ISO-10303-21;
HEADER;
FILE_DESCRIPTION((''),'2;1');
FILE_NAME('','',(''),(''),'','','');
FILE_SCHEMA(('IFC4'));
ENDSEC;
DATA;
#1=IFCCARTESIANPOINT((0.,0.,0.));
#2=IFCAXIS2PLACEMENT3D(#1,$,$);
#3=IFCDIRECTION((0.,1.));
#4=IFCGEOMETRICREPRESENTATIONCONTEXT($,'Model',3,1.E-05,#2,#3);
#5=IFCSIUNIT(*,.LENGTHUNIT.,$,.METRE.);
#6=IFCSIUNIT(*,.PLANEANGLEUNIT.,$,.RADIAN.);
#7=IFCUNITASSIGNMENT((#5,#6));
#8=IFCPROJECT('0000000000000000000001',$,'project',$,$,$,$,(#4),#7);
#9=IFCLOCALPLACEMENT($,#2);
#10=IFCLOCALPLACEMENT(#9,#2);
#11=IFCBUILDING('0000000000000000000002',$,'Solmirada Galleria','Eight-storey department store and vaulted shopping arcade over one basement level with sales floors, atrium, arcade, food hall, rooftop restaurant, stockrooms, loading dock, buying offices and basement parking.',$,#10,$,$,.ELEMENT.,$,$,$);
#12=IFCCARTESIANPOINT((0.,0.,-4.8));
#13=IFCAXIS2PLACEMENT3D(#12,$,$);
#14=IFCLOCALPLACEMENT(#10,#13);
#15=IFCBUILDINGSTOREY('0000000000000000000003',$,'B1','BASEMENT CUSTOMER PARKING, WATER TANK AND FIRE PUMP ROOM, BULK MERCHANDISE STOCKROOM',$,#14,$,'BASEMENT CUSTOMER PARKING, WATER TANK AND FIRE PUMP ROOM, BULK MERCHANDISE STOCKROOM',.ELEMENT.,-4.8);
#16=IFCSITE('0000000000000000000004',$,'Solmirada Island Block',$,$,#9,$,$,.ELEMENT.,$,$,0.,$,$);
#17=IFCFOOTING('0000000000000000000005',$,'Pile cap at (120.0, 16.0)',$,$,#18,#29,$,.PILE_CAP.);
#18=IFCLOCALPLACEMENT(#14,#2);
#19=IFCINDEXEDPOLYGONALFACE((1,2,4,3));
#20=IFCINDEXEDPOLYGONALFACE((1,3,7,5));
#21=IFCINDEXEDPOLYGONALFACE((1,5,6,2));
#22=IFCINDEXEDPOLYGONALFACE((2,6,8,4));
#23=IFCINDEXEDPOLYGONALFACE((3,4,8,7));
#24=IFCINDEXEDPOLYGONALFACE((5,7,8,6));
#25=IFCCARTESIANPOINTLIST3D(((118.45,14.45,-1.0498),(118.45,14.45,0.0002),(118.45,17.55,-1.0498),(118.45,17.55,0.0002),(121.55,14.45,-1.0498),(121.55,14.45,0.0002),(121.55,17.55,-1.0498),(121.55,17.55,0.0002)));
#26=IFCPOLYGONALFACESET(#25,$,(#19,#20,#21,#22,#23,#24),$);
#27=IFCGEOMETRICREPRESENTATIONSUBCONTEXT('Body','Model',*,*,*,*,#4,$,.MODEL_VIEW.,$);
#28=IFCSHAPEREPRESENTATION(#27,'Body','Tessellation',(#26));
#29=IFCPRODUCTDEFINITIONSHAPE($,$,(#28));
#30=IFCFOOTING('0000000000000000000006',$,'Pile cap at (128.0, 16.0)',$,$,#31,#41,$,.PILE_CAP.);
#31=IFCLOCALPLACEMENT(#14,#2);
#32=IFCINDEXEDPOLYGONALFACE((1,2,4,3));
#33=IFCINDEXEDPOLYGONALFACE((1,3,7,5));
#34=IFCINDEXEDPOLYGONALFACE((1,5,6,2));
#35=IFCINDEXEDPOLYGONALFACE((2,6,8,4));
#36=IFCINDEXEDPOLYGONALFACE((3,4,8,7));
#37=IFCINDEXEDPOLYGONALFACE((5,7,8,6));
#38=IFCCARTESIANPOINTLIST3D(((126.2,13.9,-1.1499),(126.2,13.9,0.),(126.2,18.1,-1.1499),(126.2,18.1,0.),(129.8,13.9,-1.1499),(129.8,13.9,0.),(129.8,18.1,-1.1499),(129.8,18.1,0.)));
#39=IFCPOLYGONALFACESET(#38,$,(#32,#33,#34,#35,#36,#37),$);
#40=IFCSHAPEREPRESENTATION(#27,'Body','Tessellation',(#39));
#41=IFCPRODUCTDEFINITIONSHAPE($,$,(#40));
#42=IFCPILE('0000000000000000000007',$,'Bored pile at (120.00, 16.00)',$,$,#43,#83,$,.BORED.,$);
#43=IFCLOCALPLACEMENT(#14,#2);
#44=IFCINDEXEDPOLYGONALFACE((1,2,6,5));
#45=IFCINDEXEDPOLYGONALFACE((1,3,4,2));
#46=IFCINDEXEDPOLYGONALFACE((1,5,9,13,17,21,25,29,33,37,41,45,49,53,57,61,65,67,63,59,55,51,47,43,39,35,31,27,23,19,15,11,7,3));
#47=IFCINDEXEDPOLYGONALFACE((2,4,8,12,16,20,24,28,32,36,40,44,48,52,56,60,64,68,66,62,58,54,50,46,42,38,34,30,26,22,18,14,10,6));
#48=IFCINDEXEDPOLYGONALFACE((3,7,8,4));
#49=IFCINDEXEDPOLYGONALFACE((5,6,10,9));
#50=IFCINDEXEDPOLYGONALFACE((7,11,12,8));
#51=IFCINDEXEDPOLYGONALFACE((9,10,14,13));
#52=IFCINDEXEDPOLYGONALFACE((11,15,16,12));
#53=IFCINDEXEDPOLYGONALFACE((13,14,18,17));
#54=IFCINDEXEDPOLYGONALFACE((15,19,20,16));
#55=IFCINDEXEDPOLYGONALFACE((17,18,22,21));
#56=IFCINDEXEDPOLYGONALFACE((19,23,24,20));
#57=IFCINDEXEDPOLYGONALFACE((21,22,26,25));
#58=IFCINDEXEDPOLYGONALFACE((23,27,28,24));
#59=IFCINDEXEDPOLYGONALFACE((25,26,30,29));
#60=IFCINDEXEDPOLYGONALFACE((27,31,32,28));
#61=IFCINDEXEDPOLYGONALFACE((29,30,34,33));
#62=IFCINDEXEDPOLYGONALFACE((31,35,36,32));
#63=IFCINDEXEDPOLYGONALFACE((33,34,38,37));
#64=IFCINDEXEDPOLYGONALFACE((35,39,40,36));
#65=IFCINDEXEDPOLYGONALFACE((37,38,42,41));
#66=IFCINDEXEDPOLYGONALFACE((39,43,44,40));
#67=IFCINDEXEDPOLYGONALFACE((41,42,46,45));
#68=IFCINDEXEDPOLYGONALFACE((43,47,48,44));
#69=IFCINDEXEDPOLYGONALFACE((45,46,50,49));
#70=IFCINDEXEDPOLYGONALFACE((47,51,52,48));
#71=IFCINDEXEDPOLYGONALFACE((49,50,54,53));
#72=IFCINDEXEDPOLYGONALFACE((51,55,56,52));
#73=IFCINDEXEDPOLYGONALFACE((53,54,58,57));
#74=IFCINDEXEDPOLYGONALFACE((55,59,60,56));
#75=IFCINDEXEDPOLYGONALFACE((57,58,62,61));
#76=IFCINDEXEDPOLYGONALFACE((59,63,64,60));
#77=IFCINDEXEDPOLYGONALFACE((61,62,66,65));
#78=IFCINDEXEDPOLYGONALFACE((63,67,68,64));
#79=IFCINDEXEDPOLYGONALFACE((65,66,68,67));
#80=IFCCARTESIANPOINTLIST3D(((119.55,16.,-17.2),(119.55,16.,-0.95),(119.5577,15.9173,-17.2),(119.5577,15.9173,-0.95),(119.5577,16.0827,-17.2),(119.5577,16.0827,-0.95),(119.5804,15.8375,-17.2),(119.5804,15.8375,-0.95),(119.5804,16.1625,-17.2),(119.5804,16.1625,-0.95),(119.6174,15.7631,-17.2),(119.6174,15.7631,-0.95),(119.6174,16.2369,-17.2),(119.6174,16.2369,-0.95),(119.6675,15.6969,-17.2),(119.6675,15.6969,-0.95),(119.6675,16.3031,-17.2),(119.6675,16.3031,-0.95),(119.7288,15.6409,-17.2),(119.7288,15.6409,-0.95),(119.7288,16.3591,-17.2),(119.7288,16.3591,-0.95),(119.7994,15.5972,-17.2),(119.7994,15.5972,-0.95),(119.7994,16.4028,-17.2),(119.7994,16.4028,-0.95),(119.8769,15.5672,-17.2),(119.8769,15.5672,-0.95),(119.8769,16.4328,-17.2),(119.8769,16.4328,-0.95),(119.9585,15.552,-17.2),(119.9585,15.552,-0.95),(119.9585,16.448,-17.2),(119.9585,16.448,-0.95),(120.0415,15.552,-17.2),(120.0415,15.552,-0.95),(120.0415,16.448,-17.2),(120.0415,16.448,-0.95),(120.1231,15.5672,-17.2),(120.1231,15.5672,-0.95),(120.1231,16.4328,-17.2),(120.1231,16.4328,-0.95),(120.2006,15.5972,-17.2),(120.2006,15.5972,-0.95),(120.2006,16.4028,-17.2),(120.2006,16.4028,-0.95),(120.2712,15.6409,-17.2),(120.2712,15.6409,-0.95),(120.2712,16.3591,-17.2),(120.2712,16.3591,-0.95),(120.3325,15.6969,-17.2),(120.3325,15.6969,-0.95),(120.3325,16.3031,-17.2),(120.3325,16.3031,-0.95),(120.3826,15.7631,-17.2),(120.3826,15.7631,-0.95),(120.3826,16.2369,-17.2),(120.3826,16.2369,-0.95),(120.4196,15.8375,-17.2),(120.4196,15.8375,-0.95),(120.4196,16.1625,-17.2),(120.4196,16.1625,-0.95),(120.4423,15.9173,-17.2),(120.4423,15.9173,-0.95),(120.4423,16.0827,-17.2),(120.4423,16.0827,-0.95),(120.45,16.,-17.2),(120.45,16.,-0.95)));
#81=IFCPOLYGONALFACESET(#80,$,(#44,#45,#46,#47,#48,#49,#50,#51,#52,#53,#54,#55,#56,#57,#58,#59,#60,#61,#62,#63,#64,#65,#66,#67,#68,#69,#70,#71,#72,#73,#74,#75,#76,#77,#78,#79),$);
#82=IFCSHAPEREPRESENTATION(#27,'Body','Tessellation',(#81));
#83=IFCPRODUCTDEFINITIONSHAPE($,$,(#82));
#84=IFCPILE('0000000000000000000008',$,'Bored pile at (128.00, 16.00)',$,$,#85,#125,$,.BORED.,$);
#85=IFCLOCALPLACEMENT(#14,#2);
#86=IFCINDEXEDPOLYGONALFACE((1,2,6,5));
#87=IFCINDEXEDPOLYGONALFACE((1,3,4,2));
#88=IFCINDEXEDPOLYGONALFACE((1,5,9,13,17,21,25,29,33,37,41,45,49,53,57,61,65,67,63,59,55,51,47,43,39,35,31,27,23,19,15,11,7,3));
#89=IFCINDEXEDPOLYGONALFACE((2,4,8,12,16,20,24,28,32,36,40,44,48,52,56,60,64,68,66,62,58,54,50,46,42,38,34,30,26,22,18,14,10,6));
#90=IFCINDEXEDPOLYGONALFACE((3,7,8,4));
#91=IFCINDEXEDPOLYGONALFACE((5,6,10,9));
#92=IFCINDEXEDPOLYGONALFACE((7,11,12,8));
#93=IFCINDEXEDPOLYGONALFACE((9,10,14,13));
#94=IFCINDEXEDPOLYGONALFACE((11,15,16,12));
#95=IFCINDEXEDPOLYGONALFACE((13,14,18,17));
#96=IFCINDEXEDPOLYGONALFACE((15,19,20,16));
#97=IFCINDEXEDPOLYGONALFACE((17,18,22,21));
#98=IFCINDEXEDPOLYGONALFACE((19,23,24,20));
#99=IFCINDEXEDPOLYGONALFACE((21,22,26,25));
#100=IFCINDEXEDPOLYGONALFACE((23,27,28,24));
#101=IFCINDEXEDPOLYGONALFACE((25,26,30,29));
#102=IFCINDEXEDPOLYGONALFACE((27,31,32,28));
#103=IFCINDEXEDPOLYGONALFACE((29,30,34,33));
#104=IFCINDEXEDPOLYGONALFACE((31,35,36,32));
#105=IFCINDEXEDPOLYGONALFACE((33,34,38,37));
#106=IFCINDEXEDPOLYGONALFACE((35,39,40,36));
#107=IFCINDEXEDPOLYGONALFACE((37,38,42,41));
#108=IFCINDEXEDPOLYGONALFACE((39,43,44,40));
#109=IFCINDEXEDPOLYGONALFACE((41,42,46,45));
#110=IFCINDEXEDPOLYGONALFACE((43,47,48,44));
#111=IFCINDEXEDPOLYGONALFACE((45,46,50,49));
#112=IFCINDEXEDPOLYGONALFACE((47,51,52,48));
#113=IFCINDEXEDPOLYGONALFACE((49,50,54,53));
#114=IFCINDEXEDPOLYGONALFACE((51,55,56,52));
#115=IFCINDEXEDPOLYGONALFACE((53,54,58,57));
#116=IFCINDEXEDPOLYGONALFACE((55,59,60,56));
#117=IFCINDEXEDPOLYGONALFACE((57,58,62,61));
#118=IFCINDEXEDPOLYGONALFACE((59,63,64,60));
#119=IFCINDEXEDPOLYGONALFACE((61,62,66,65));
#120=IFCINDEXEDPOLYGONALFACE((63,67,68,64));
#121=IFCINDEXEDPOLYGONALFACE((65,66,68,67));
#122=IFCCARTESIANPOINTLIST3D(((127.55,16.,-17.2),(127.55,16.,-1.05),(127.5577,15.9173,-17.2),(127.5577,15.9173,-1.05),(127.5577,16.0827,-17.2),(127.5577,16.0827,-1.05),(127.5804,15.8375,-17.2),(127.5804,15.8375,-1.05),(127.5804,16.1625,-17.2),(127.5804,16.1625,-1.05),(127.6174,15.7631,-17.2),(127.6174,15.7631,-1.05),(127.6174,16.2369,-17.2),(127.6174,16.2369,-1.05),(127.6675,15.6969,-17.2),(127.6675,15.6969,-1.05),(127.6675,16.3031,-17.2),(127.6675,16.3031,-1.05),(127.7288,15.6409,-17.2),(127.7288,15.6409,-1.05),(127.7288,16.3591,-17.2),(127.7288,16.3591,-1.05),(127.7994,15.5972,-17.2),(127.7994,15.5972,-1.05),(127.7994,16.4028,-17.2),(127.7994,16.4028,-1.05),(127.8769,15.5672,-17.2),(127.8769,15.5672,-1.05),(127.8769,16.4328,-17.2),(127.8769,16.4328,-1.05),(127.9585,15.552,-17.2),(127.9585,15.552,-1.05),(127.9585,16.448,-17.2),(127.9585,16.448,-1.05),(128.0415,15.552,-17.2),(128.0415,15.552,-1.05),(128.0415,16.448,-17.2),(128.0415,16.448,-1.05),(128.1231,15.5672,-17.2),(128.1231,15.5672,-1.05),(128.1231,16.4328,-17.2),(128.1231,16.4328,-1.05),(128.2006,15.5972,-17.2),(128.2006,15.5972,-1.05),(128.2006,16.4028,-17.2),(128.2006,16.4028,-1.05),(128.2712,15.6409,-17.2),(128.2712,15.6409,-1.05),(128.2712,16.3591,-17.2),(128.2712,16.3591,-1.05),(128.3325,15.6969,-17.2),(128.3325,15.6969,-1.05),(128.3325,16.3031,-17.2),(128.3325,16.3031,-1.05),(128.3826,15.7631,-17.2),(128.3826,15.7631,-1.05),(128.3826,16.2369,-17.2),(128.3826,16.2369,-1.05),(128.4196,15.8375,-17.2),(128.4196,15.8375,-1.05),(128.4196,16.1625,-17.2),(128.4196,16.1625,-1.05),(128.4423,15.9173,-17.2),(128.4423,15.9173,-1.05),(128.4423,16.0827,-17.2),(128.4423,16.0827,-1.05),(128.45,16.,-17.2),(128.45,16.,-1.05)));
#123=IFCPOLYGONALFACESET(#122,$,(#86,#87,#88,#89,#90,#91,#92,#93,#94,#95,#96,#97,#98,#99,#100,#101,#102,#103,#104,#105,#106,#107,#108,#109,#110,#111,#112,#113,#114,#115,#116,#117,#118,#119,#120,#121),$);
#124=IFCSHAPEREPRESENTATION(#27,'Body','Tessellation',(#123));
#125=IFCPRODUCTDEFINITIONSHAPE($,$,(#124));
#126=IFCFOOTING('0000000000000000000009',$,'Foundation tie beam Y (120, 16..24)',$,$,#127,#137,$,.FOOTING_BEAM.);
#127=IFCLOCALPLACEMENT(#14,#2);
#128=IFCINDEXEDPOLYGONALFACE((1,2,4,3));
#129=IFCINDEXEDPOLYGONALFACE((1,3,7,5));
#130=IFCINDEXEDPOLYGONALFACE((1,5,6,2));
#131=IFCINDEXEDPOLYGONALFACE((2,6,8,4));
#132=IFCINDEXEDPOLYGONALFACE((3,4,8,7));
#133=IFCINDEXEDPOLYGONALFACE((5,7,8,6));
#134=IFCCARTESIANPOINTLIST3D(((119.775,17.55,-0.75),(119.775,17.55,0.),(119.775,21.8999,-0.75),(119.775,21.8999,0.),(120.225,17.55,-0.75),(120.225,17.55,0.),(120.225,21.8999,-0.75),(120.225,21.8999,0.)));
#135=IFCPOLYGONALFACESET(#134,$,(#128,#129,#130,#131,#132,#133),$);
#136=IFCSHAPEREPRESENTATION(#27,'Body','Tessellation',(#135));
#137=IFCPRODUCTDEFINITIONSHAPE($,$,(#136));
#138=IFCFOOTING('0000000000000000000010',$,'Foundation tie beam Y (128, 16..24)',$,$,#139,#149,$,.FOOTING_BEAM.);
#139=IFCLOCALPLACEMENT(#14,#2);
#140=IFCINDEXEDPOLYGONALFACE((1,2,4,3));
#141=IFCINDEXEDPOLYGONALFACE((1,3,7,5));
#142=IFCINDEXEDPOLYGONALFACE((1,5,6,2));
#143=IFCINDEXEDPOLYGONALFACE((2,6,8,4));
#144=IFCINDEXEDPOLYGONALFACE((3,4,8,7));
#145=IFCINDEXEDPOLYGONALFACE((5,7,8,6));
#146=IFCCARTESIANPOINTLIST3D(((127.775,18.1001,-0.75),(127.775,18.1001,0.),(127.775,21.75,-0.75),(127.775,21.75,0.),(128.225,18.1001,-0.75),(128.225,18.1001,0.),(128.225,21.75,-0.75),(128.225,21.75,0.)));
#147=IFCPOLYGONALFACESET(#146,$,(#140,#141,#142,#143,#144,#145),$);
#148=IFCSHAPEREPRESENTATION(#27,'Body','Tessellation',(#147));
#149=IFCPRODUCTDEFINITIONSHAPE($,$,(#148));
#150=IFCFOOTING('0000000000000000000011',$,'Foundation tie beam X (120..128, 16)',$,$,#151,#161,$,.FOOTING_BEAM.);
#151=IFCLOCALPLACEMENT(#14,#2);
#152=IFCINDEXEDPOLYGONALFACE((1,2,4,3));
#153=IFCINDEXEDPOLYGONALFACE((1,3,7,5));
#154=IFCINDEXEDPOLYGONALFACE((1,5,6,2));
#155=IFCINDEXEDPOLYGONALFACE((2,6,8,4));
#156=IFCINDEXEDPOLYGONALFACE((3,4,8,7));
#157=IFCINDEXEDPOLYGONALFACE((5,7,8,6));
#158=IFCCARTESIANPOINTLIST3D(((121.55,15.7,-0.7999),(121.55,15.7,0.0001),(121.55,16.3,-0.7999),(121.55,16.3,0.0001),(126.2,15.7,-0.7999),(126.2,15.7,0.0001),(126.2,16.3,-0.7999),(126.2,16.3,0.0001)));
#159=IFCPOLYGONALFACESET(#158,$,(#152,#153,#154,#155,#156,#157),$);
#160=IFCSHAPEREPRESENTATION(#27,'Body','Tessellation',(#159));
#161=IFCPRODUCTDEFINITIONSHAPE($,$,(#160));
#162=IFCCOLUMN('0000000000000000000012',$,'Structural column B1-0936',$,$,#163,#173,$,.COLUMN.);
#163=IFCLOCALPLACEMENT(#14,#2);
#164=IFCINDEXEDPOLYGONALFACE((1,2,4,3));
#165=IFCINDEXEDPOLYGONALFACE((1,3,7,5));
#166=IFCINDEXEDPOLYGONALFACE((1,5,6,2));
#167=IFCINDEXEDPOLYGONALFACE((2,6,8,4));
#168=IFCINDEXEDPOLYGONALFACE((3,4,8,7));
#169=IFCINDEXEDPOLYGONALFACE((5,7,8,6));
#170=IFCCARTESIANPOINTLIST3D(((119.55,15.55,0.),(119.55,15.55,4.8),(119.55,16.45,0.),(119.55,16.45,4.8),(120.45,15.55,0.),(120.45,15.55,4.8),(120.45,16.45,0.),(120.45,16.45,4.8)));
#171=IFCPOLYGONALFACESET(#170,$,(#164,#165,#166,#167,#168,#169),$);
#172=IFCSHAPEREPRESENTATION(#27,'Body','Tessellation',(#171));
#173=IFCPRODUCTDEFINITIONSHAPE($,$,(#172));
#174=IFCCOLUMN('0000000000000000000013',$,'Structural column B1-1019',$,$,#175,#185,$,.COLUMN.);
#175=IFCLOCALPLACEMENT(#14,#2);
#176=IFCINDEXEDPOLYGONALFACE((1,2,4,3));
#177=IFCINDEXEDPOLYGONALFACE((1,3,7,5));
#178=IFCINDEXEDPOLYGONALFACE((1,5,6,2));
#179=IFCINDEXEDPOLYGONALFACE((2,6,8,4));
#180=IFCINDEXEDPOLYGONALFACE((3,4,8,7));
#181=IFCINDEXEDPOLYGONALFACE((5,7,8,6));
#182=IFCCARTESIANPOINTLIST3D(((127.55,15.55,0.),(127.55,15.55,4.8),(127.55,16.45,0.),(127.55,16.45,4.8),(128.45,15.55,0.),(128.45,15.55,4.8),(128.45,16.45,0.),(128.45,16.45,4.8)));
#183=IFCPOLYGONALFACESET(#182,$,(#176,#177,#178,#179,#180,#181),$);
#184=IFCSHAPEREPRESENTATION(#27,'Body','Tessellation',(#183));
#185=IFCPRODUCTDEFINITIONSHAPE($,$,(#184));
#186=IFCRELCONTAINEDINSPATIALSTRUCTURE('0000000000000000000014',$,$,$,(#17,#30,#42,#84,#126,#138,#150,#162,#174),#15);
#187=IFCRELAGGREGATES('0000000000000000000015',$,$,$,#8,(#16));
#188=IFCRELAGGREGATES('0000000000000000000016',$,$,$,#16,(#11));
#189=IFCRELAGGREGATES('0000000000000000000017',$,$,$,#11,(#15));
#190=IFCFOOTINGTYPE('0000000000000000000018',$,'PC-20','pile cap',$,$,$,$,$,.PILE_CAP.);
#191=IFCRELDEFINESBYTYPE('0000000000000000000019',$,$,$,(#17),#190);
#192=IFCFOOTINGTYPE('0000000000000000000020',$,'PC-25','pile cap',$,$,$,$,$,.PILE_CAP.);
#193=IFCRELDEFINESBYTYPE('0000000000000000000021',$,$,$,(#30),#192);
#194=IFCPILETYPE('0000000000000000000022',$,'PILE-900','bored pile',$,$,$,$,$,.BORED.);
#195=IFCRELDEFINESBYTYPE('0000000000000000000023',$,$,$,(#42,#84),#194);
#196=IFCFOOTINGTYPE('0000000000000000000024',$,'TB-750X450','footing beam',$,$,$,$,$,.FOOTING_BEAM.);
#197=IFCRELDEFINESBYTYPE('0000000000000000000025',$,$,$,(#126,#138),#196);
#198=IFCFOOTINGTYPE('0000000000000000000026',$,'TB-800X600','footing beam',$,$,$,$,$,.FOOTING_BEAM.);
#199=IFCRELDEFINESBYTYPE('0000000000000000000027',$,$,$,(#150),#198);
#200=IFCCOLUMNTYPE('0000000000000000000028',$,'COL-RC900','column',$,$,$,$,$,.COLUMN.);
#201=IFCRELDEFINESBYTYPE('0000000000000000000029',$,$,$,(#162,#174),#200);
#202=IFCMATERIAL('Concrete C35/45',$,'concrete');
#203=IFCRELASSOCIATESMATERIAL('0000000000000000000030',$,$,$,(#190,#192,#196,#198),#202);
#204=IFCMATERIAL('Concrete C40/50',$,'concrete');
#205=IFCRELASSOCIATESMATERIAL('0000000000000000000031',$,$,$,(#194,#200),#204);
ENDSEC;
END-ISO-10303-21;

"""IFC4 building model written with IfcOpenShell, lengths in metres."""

from ifc_helpers import new_model, si_unit, direction, frame, origin, origin_2d, place, context, subcontext, project, spatial, rectangle, circle, extrude, material, material_profile, profile_set, type_object, element, save


model = new_model("IFC4")

# Units and contexts
model_context = context("Model", 3, precision=1e-05, world=origin(), true_north=direction((0.0, 1.0)))
body_context = subcontext(model_context, "Body", "Model", "MODEL_VIEW")
ifc_project = project(units=[si_unit("LENGTHUNIT", "METRE"), si_unit("PLANEANGLEUNIT", "RADIAN")], contexts=[model_context])

# Site, building, storey
site_placement = place(None, origin())
site = spatial("IfcSite", under=ifc_project, at=site_placement, Name="Solmirada Island Block", CompositionType="ELEMENT", RefElevation=0.0)
building_placement = place(site_placement, origin())
building = spatial("IfcBuilding", under=site, at=building_placement, Name="Solmirada Galleria", Description="Eight-storey department store and vaulted shopping arcade over one basement level with sales floors, atrium, arcade, food hall, rooftop restaurant, stockrooms, loading dock, buying offices and basement parking.", CompositionType="ELEMENT")
storey_placement = place(building_placement, frame((0.0, 0.0, -4.8)))
storey = spatial("IfcBuildingStorey", under=building, at=storey_placement, Name="B1", Description="BASEMENT CUSTOMER PARKING, WATER TANK AND FIRE PUMP ROOM, BULK MERCHANDISE STOCKROOM", LongName="BASEMENT CUSTOMER PARKING, WATER TANK AND FIRE PUMP ROOM, BULK MERCHANDISE STOCKROOM", CompositionType="ELEMENT", Elevation=-4.8)

# Footings
ifc_material_1 = material(Name="Concrete C35/45", Category="concrete")
footing_type_1 = type_object("IfcFootingType", Name="PC-20", Description="pile cap", PredefinedType="PILE_CAP", material=ifc_material_1)
footing_1_placement = place(storey_placement, frame((120.0, 16.0, -1.0498), z_axis=(0.0, 0.0, 1.0), x_axis=(1.0, 0.0, 0.0)))
element("IfcFooting", 1, at=footing_1_placement, inside=storey, type_object=footing_type_1, Name="Pile cap at (120.0, 16.0)", PredefinedType="PILE_CAP", context=body_context, shape_type="SweptSolid", body=[
    extrude(rectangle(XDim=3.1001, YDim=3.1001, at=origin_2d()), origin(), (0.0, 0.0, 1.0), 1.05),
])
footing_type_2 = type_object("IfcFootingType", Name="PC-25", Description="pile cap", PredefinedType="PILE_CAP", material=ifc_material_1)
footing_2_placement = place(storey_placement, frame((128.0, 16.0, -1.1499), z_axis=(0.0, 0.0, 1.0), x_axis=(1.0, 0.0, 0.0)))
element("IfcFooting", 2, at=footing_2_placement, inside=storey, type_object=footing_type_2, Name="Pile cap at (128.0, 16.0)", PredefinedType="PILE_CAP", context=body_context, shape_type="SweptSolid", body=[
    extrude(rectangle(XDim=3.6001, YDim=4.2, at=origin_2d()), origin(), (0.0, 0.0, 1.0), 1.1499),
])

# Piles
ifc_material_2 = material(Name="Concrete C40/50", Category="concrete")
ifc_material_profile_1 = material_profile(ifc_material_2, circle(Radius=0.45, at=origin_2d()), Name="PILE900")
ifc_profile_set_1 = profile_set([ifc_material_profile_1], Name="Concrete C40/50")
pile_type = type_object("IfcPileType", Name="PILE-900", Description="bored pile", PredefinedType="BORED", material=ifc_profile_set_1)
pile_1_placement = place(storey_placement, frame((120.0, 16.0, -0.95), z_axis=(0.0, 0.0, -1.0), x_axis=(1.0, 0.0, 0.0)))
element("IfcPile", 3, at=pile_1_placement, inside=storey, type_object=pile_type, Name="Bored pile at (120.00, 16.00)", PredefinedType="BORED", context=body_context, shape_type="SweptSolid", body=[
    extrude(circle(Radius=0.45, at=origin_2d()), origin(), (0.0, 0.0, 1.0), 16.25),
])
pile_2_placement = place(storey_placement, frame((128.0, 16.0, -1.05), z_axis=(0.0, 0.0, -1.0), x_axis=(1.0, 0.0, 0.0)))
element("IfcPile", 4, at=pile_2_placement, inside=storey, type_object=pile_type, Name="Bored pile at (128.00, 16.00)", PredefinedType="BORED", context=body_context, shape_type="SweptSolid", body=[
    extrude(circle(Radius=0.45, at=origin_2d()), origin(), (0.0, 0.0, 1.0), 16.1499),
])

# Footings
ifc_material_profile_2 = material_profile(ifc_material_1, rectangle(XDim=0.45, YDim=0.75, at=origin_2d()), Name="RC750X450")
ifc_profile_set_2 = profile_set([ifc_material_profile_2], Name="Concrete C35/45")
footing_type_3 = type_object("IfcFootingType", Name="TB-750X450", Description="footing beam", PredefinedType="FOOTING_BEAM", material=ifc_profile_set_2)
footing_3_placement = place(storey_placement, frame((120.0, 17.55, -0.375), z_axis=(0.0, 1.0, 0.0), x_axis=(-1.0, 0.0, 0.0)))
element("IfcFooting", 5, at=footing_3_placement, inside=storey, type_object=footing_type_3, Name="Foundation tie beam Y (120, 16..24)", PredefinedType="FOOTING_BEAM", context=body_context, shape_type="SweptSolid", body=[
    extrude(rectangle(XDim=0.45, YDim=0.75, at=origin_2d()), origin(), (0.0, 0.0, 1.0), 4.3499),
])
footing_4_placement = place(storey_placement, frame((128.0, 18.1001, -0.375), z_axis=(0.0, 1.0, 0.0), x_axis=(-1.0, 0.0, 0.0)))
element("IfcFooting", 6, at=footing_4_placement, inside=storey, type_object=footing_type_3, Name="Foundation tie beam Y (128, 16..24)", PredefinedType="FOOTING_BEAM", context=body_context, shape_type="SweptSolid", body=[
    extrude(rectangle(XDim=0.45, YDim=0.75, at=origin_2d()), origin(), (0.0, 0.0, 1.0), 3.6499),
])
ifc_material_profile_3 = material_profile(ifc_material_1, rectangle(XDim=0.6001, YDim=0.8, at=origin_2d()), Name="RC800X600")
ifc_profile_set_3 = profile_set([ifc_material_profile_3], Name="Concrete C35/45")
footing_type_4 = type_object("IfcFootingType", Name="TB-800X600", Description="footing beam", PredefinedType="FOOTING_BEAM", material=ifc_profile_set_3)
footing_5_placement = place(storey_placement, frame((121.55, 16.0, -0.3999), z_axis=(1.0, 0.0, 0.0), x_axis=(0.0, 1.0, 0.0)))
element("IfcFooting", 7, at=footing_5_placement, inside=storey, type_object=footing_type_4, Name="Foundation tie beam X (120..128, 16)", PredefinedType="FOOTING_BEAM", context=body_context, shape_type="SweptSolid", body=[
    extrude(rectangle(XDim=0.6001, YDim=0.8, at=origin_2d()), origin(), (0.0, 0.0, 1.0), 4.6499),
])

# Columns
ifc_material_profile_4 = material_profile(ifc_material_2, rectangle(XDim=0.8999, YDim=0.8999, at=origin_2d()), Name="RC900X900")
ifc_profile_set_4 = profile_set([ifc_material_profile_4], Name="Concrete C40/50")
column_type = type_object("IfcColumnType", Name="COL-RC900", Description="column", PredefinedType="COLUMN", material=ifc_profile_set_4)
for number, where, z_axis, x_axis, name in (
    (8, (120.0, 16.0, 0.0), (0.0, 0.0, 1.0), (1.0, 0.0, 0.0), "Structural column B1-0936"),
    (9, (128.0, 16.0, 0.0), (0.0, 0.0, 1.0), (1.0, 0.0, 0.0), "Structural column B1-1019"),
):
    element("IfcColumn", number, at=place(storey_placement, frame(where, z_axis=z_axis, x_axis=x_axis)), inside=storey, type_object=column_type, Name=name, PredefinedType="COLUMN", context=body_context, shape_type="SweptSolid", body=[
        extrude(rectangle(XDim=0.8999, YDim=0.8999, at=origin_2d()), origin(), (0.0, 0.0, 1.0), 4.8),
    ])

save(model, "model.ifc")
